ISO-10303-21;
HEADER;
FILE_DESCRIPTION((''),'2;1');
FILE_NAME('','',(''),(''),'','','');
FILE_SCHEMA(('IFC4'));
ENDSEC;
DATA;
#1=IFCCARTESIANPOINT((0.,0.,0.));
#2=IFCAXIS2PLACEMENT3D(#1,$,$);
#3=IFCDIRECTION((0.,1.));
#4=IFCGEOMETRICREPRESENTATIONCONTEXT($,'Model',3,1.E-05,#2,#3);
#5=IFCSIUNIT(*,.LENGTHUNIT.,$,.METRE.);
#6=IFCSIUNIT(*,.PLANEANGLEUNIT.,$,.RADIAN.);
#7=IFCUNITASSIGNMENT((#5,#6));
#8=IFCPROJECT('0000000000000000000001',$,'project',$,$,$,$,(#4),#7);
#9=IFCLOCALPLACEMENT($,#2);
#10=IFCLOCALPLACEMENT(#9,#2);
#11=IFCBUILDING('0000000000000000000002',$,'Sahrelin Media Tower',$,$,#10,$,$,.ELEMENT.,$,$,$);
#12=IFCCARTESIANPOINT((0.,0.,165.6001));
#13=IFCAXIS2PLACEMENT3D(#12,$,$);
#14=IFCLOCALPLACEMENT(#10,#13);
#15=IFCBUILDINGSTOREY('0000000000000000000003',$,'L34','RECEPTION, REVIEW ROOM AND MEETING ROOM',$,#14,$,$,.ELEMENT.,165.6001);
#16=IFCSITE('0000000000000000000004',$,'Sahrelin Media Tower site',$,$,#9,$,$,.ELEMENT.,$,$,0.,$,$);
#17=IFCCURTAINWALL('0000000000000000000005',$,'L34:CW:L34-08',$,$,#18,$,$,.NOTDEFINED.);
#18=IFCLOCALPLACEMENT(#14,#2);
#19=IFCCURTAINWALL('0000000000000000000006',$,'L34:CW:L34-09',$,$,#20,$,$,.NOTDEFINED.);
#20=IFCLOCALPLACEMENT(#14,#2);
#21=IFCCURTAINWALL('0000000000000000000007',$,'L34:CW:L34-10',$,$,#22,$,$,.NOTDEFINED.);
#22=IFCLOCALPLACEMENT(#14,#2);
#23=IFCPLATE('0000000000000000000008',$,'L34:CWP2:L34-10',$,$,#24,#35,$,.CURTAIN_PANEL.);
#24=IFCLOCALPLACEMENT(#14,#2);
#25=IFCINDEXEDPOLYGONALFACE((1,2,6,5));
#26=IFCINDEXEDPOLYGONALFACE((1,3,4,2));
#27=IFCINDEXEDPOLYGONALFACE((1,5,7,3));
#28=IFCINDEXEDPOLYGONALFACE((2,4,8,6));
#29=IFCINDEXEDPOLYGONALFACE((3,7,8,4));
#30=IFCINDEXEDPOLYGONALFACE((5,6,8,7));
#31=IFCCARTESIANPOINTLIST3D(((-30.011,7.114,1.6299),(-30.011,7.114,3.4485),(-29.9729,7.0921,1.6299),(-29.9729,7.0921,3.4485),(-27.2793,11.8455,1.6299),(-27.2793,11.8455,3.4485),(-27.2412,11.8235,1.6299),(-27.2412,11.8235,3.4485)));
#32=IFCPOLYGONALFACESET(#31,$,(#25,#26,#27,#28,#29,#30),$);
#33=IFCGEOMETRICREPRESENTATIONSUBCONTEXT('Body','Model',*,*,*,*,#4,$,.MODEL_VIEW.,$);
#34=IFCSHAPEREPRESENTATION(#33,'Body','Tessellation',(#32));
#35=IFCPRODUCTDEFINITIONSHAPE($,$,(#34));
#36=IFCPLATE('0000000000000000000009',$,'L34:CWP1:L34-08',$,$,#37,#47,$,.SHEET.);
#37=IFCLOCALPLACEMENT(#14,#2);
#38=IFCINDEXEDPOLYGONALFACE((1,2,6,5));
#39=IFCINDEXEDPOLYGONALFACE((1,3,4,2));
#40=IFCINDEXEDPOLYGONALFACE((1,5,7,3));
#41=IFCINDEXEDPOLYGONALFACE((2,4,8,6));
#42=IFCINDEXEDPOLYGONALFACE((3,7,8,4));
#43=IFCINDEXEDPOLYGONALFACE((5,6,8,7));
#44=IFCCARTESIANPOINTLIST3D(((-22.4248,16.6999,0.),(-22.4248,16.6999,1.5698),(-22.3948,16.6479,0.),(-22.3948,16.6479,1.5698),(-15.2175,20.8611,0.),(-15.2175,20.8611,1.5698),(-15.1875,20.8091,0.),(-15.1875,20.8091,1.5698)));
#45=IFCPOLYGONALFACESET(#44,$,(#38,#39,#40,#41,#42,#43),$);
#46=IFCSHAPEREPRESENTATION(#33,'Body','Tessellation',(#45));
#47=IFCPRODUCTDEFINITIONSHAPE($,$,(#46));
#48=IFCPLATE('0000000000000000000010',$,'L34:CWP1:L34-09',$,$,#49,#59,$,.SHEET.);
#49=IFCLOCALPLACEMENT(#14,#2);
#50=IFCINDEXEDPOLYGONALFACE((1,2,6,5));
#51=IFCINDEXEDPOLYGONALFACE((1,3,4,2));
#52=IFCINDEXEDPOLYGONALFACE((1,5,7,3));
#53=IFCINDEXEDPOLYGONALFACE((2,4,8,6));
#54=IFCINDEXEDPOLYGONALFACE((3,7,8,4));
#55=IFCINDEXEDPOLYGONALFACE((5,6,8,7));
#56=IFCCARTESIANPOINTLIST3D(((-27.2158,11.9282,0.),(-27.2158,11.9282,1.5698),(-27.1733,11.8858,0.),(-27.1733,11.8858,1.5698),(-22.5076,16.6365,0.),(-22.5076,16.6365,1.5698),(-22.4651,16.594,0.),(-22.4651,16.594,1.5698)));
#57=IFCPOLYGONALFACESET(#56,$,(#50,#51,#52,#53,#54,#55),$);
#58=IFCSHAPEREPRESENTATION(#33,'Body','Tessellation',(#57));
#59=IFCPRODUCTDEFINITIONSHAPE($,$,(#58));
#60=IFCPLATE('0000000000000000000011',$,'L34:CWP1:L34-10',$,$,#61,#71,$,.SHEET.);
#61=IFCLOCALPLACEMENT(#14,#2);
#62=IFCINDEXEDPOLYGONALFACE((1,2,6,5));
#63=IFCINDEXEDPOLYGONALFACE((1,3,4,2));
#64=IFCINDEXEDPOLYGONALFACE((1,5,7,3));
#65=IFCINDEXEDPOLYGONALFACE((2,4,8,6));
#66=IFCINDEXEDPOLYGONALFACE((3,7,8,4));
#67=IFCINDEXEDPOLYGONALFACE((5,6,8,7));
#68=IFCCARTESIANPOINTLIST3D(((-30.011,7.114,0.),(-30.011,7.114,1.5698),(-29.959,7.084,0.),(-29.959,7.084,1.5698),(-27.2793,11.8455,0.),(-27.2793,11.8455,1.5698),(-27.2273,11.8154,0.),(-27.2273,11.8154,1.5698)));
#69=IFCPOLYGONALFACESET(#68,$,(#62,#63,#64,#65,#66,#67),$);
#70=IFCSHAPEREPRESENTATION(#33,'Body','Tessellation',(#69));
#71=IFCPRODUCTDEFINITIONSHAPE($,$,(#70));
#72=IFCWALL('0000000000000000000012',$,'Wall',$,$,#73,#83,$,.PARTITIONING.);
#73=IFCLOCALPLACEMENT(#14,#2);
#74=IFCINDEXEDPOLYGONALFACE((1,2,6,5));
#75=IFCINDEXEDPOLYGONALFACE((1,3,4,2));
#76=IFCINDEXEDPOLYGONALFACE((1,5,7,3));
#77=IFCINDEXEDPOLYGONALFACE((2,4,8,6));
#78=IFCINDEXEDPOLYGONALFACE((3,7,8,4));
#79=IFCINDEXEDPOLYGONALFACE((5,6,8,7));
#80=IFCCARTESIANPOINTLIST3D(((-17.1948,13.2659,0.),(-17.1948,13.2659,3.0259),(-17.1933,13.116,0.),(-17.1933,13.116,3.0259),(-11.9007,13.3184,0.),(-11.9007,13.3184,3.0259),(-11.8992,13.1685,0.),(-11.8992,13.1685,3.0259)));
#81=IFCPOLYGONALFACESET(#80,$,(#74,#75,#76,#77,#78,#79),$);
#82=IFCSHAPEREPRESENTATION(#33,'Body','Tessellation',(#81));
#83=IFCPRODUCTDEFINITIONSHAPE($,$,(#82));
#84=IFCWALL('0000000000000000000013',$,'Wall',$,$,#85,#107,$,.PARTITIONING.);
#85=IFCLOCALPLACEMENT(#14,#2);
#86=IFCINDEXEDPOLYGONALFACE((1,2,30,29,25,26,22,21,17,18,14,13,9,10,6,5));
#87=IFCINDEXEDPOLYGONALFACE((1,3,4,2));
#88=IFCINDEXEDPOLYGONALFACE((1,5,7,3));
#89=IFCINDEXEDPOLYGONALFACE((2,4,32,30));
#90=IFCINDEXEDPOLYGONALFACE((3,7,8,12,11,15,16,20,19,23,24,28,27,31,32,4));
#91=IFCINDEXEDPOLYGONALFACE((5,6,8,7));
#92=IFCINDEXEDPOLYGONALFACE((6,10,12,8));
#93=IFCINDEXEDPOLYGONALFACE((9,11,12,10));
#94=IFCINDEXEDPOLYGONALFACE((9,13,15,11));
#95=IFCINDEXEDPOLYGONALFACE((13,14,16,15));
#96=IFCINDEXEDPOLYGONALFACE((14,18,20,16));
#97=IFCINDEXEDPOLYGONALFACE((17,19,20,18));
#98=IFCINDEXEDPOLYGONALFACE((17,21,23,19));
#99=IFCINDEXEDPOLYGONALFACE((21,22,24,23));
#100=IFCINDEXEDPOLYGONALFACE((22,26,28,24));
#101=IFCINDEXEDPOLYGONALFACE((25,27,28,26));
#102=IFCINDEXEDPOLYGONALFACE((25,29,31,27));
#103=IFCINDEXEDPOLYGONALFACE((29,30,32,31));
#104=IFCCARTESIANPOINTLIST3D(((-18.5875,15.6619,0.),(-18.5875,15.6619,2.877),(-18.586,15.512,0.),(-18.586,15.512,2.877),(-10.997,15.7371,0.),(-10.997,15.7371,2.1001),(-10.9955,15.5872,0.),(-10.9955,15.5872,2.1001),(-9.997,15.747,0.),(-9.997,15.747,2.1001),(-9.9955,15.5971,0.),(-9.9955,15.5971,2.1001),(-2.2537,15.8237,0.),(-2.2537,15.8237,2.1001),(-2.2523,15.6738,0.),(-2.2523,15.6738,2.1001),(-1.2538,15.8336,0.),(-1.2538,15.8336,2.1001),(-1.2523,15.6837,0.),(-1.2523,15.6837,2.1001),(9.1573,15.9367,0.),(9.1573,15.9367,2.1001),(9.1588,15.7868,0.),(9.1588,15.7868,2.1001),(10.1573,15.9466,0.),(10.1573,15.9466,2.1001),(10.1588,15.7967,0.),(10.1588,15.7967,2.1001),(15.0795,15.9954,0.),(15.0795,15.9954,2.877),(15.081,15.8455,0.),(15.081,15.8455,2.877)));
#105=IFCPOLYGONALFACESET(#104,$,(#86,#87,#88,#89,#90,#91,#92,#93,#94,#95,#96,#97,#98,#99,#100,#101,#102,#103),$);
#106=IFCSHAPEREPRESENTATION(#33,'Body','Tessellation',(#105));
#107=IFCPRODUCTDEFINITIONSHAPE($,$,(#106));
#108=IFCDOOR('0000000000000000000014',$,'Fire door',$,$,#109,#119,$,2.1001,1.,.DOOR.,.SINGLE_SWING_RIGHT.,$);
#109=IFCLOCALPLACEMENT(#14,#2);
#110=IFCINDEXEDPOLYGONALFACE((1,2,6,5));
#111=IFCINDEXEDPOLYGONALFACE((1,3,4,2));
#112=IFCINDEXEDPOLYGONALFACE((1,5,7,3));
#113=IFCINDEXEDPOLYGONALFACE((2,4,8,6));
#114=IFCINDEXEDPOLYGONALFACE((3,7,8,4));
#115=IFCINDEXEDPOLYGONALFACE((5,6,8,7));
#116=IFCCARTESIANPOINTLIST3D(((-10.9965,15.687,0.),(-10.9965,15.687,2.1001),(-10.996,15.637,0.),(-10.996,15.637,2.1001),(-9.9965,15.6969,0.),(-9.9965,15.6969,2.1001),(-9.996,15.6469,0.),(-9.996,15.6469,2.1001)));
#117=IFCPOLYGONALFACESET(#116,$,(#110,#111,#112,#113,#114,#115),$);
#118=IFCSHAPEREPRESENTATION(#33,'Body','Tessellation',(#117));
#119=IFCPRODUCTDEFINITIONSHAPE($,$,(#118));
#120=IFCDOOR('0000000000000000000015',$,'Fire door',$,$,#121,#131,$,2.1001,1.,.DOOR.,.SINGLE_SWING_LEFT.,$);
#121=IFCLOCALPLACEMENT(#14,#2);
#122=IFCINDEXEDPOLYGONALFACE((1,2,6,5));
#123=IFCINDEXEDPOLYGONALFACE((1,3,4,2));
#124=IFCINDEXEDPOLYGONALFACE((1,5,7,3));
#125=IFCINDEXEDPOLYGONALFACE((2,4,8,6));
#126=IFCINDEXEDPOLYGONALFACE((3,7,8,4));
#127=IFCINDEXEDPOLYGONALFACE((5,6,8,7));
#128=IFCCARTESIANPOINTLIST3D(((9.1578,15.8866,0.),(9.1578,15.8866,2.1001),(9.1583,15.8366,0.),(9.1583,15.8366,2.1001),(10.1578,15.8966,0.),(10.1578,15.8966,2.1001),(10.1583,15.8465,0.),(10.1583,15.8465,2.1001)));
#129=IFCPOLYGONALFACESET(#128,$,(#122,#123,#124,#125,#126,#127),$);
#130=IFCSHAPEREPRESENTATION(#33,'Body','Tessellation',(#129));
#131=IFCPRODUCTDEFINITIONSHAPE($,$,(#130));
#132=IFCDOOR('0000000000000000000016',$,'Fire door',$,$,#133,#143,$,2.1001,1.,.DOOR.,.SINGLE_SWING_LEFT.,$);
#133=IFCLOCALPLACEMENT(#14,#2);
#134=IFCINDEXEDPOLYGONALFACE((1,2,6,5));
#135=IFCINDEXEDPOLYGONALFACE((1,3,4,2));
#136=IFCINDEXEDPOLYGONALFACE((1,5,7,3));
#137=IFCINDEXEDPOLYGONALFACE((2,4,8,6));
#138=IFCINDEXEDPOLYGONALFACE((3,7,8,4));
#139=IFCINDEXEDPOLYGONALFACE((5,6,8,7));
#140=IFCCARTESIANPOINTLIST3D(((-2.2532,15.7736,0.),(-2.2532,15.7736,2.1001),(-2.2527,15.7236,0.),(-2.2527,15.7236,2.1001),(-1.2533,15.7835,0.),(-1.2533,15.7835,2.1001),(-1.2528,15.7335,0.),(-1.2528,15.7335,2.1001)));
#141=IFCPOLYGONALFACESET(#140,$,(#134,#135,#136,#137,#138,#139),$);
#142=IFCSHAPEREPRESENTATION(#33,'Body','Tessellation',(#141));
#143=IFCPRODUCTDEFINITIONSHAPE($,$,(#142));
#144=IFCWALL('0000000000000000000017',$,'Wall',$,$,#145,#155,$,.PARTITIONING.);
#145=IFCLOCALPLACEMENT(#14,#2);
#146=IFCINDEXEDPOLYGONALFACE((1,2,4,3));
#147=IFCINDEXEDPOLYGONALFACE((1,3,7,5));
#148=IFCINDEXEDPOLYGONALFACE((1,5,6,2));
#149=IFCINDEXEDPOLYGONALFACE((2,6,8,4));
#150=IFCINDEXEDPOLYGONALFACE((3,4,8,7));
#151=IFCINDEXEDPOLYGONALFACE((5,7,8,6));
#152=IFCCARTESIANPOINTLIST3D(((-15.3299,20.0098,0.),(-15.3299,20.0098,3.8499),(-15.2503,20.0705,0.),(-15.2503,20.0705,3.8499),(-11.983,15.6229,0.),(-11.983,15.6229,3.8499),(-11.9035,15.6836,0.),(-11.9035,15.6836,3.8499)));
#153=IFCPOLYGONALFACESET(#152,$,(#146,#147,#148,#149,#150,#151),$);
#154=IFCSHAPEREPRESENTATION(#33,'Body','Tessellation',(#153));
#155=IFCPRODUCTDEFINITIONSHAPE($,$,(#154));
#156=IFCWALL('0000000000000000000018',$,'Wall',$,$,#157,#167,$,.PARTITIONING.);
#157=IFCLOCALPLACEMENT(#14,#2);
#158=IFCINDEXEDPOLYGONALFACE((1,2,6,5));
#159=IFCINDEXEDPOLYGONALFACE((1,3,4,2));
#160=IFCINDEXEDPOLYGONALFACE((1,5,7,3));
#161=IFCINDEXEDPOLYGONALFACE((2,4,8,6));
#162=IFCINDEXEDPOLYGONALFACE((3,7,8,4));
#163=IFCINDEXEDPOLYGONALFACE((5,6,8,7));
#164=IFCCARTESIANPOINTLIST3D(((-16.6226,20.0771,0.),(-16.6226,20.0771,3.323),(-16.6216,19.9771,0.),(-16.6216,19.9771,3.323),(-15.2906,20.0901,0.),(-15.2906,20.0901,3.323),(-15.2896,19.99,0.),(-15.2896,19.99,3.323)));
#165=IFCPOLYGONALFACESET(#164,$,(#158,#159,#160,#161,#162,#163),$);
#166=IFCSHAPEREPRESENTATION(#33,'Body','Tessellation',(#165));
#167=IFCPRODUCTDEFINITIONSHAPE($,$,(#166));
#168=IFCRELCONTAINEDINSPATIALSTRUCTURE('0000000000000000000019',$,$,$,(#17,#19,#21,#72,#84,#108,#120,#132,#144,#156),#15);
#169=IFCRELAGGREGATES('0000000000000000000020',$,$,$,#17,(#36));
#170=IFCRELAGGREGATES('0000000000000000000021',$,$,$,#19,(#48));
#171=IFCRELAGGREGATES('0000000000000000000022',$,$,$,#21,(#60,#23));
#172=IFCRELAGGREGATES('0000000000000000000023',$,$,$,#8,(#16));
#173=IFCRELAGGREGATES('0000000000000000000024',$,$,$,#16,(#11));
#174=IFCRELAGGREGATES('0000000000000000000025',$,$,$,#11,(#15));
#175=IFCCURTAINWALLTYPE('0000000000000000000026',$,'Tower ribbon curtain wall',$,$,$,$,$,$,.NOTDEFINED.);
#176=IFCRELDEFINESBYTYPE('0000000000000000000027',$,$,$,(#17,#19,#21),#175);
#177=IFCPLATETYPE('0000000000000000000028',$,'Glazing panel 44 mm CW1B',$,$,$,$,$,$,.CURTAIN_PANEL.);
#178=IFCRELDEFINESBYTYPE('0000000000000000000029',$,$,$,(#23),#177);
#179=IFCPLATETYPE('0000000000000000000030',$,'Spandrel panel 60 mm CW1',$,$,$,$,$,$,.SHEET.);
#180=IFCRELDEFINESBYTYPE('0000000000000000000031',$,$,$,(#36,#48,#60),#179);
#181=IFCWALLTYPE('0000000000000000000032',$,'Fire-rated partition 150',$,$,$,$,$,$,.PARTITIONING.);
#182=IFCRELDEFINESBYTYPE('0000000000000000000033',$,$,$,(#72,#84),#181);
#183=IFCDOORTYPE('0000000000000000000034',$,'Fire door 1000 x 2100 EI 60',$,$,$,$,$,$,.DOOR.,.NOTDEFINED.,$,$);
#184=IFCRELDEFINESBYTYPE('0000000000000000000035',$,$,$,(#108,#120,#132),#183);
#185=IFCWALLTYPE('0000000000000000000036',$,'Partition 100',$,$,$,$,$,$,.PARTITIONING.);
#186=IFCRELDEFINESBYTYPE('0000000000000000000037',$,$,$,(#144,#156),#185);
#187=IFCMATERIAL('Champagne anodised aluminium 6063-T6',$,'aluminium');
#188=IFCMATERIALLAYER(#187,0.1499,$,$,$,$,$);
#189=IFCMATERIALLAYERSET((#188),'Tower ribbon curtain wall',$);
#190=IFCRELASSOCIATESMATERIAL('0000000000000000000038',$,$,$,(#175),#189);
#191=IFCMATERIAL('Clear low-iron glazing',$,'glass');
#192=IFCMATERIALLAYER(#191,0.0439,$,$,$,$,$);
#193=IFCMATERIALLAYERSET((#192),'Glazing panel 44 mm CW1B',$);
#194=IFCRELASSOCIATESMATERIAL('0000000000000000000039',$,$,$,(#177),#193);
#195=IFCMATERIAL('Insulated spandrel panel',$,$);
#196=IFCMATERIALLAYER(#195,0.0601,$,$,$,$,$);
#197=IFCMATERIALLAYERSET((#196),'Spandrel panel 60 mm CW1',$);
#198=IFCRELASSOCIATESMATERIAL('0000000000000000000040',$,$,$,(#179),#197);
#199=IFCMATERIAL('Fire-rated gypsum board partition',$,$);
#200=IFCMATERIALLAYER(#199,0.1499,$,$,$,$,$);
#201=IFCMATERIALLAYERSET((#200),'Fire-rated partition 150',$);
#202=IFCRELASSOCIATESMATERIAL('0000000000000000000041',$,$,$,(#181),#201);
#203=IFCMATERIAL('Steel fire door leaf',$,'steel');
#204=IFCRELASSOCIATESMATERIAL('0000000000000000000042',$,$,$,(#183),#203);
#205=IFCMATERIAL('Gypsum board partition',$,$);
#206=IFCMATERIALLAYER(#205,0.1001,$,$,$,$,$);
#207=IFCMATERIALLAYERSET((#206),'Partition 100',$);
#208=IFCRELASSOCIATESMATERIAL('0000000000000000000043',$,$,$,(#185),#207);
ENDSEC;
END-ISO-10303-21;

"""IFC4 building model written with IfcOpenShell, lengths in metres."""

from ifc_helpers import new_model, si_unit, direction, frame, frame_2d, origin, place, context, subcontext, project, spatial, polyline, rectangle, outline, extrude, material, layer, layer_set, type_object, element, fill, aggregate, save


model = new_model("IFC4")

# Units and contexts
model_context = context("Model", 3, precision=1e-05, world=origin(), true_north=direction((0.0, 1.0)))
body_context = subcontext(model_context, "Body", "Model", "MODEL_VIEW")
ifc_project = project(units=[si_unit("LENGTHUNIT", "METRE"), si_unit("PLANEANGLEUNIT", "RADIAN")], contexts=[model_context])

# Site, building, storey
site_placement = place(None, origin())
site = spatial("IfcSite", under=ifc_project, at=site_placement, Name="Sahrelin Media Tower site", CompositionType="ELEMENT", RefElevation=0.0)
building_placement = place(site_placement, origin())
building = spatial("IfcBuilding", under=site, at=building_placement, Name="Sahrelin Media Tower", CompositionType="ELEMENT")
storey_placement = place(building_placement, frame((0.0, 0.0, 165.6001)))
storey = spatial("IfcBuildingStorey", under=building, at=storey_placement, Name="L34", Description="RECEPTION, REVIEW ROOM AND MEETING ROOM", CompositionType="ELEMENT", Elevation=165.6001)

# Curtain walls
ifc_material_1 = material(Name="Champagne anodised aluminium 6063-T6", Category="aluminium")
ifc_layer_1 = layer(ifc_material_1, 0.1499)
ifc_layer_set_1 = layer_set([ifc_layer_1], Name="Tower ribbon curtain wall")
curtain_wall_type = type_object("IfcCurtainWallType", Name="Tower ribbon curtain wall", PredefinedType="NOTDEFINED", material=ifc_layer_set_1)
curtain_wall_1_placement = place(storey_placement, frame((-18.811, 18.7632, 0.0), z_axis=(0.0, 0.0, 1.0), x_axis=(1.0, 0.0, 0.0)))
curtain_wall_1 = element("IfcCurtainWall", 1, at=curtain_wall_1_placement, inside=storey, type_object=curtain_wall_type, Name="L34:CW:L34-08", PredefinedType="NOTDEFINED")
curtain_wall_2_placement = place(storey_placement, frame((-24.8477, 14.2683, 0.0), z_axis=(0.0, 0.0, 1.0), x_axis=(1.0, 0.0, 0.0)))
curtain_wall_2 = element("IfcCurtainWall", 2, at=curtain_wall_2_placement, inside=storey, type_object=curtain_wall_type, Name="L34:CW:L34-09", PredefinedType="NOTDEFINED")

# Shared definitions
ifc_material_2 = material(Name="Clear low-iron glazing", Category="glass")
ifc_layer_2 = layer(ifc_material_2, 0.0439)
ifc_layer_set_2 = layer_set([ifc_layer_2], Name="Glazing panel 44 mm CW1B")
plate_type_1 = type_object("IfcPlateType", Name="Glazing panel 44 mm CW1B", PredefinedType="CURTAIN_PANEL", material=ifc_layer_set_2)

# Curtain wall, plate
curtain_wall_3_placement = place(storey_placement, frame((-28.6277, 9.4697, 0.0), z_axis=(0.0, 0.0, 1.0), x_axis=(1.0, 0.0, 0.0)))
curtain_wall_3 = element("IfcCurtainWall", 3, at=curtain_wall_3_placement, inside=storey, type_object=curtain_wall_type, Name="L34:CW:L34-10", PredefinedType="NOTDEFINED")
plate_1_placement = place(storey_placement, frame((-27.2793, 11.8455, 1.6299), z_axis=(-0.866026, 0.499998, 0.0), x_axis=(-0.499998, -0.866026, 0.0)))
plate_1 = element("IfcPlate", 4, at=plate_1_placement, type_object=plate_type_1, Name="L34:CWP2:L34-10", PredefinedType="CURTAIN_PANEL", context=body_context, shape_type="SweptSolid", body=[
    extrude(outline(polyline([(0.0, 0.0), (5.4634, 0.0), (5.4634, 1.8186), (0.0, 1.8186), (0.0, 0.0)])), origin(), (0.0, 0.0, -1.0), 0.0439),
])

# Plates
ifc_material_3 = material(Name="Insulated spandrel panel")
ifc_layer_3 = layer(ifc_material_3, 0.0601)
ifc_layer_set_3 = layer_set([ifc_layer_3], Name="Spandrel panel 60 mm CW1")
plate_type_2 = type_object("IfcPlateType", Name="Spandrel panel 60 mm CW1", PredefinedType="SHEET", material=ifc_layer_set_3)
plate_2_placement = place(storey_placement, frame((-15.2175, 20.8611, 0.0), z_axis=(-0.500001, 0.866025, 0.0), x_axis=(-0.866025, -0.500001, 0.0)))
plate_2 = element("IfcPlate", 5, at=plate_2_placement, type_object=plate_type_2, Name="L34:CWP1:L34-08", PredefinedType="SHEET", context=body_context, shape_type="SweptSolid", body=[
    extrude(outline(polyline([(0.0, 0.0), (8.3223, 0.0), (8.3223, 1.5698), (0.0, 1.5698), (0.0, 0.0)])), origin(), (0.0, 0.0, -1.0), 0.0601),
])
aggregate(curtain_wall_1, [plate_2])
plate_3_placement = place(storey_placement, frame((-22.5076, 16.6365, 0.0), z_axis=(-0.707107, 0.707107, 0.0), x_axis=(-0.707107, -0.707107, 0.0)))
plate_3 = element("IfcPlate", 6, at=plate_3_placement, type_object=plate_type_2, Name="L34:CWP1:L34-09", PredefinedType="SHEET", context=body_context, shape_type="SweptSolid", body=[
    extrude(outline(polyline([(0.0, 0.0), (6.6584, 0.0), (6.6584, 1.5698), (0.0, 1.5698), (0.0, 0.0)])), origin(), (0.0, 0.0, -1.0), 0.0601),
])
aggregate(curtain_wall_2, [plate_3])
plate_4_placement = place(storey_placement, frame((-27.2793, 11.8455, 0.0), z_axis=(-0.866026, 0.499998, 0.0), x_axis=(-0.499998, -0.866026, 0.0)))
plate_4 = element("IfcPlate", 7, at=plate_4_placement, type_object=plate_type_2, Name="L34:CWP1:L34-10", PredefinedType="SHEET", context=body_context, shape_type="SweptSolid", body=[
    extrude(outline(polyline([(0.0, 0.0), (5.4634, 0.0), (5.4634, 1.5698), (0.0, 1.5698), (0.0, 0.0)])), origin(), (0.0, 0.0, -1.0), 0.0601),
])
aggregate(curtain_wall_3, [plate_4, plate_1])

# Wall
ifc_material_4 = material(Name="Fire-rated gypsum board partition")
ifc_layer_4 = layer(ifc_material_4, 0.1499)
ifc_layer_set_4 = layer_set([ifc_layer_4], Name="Fire-rated partition 150")
wall_type_1 = type_object("IfcWallType", Name="Fire-rated partition 150", PredefinedType="PARTITIONING", material=ifc_layer_set_4)
wall_1_placement = place(storey_placement, frame((-17.1941, 13.1909, 0.0), z_axis=(0.0, 0.0, 1.0), x_axis=(0.999951, 0.009914, 0.0)))
element("IfcWall", 8, at=wall_1_placement, inside=storey, type_object=wall_type_1, Name="Wall", PredefinedType="PARTITIONING", context=body_context, shape_type="SweptSolid", body=[
    extrude(rectangle(XDim=5.2944, YDim=0.1499, at=frame_2d((2.6472, 0.0))), origin(), (0.0, 0.0, 1.0), 3.0259),
])

# Wall, openings, doors
wall_2_placement = place(storey_placement, frame((-18.5869, 15.5869, 0.0), z_axis=(0.0, 0.0, 1.0), x_axis=(0.999951, 0.009905, 0.0)))
wall_2 = element("IfcWall", 9, at=wall_2_placement, inside=storey, type_object=wall_type_1, Name="Wall", PredefinedType="PARTITIONING", context=body_context, shape_type="SweptSolid", body=[
    extrude(rectangle(XDim=33.6687, YDim=0.1499, at=frame_2d((16.8345, 0.0))), origin(), (0.0, 0.0, 1.0), 2.877),
])
opening_1_placement = place(wall_2_placement, frame((7.5911, 0.0, 0.0)))
opening_1 = element("IfcOpeningElement", 10, at=opening_1_placement, cuts=wall_2, PredefinedType="OPENING", context=body_context, shape_type="SweptSolid", body=[
    extrude(rectangle(XDim=1.0, YDim=2.1001, at=frame_2d((0.5, 1.05))), frame((0.0, 0.075, 0.0), z_axis=(0.0, -1.0, 0.0), x_axis=(1.0, 0.0, 0.0)), (0.0, 0.0, 1.0), 0.1499),
])
opening_2_placement = place(wall_2_placement, frame((27.7463, 0.0, 0.0)))
opening_2 = element("IfcOpeningElement", 11, at=opening_2_placement, cuts=wall_2, PredefinedType="OPENING", context=body_context, shape_type="SweptSolid", body=[
    extrude(rectangle(XDim=1.0, YDim=2.1001, at=frame_2d((0.5, 1.05))), frame((0.0, 0.075, 0.0), z_axis=(0.0, -1.0, 0.0), x_axis=(1.0, 0.0, 0.0)), (0.0, 0.0, 1.0), 0.1499),
])
opening_3_placement = place(wall_2_placement, frame((16.3347, 0.0, 0.0)))
opening_3 = element("IfcOpeningElement", 12, at=opening_3_placement, cuts=wall_2, PredefinedType="OPENING", context=body_context, shape_type="SweptSolid", body=[
    extrude(rectangle(XDim=1.0, YDim=2.1001, at=frame_2d((0.5, 1.05))), frame((0.0, 0.075, 0.0), z_axis=(0.0, -1.0, 0.0), x_axis=(1.0, 0.0, 0.0)), (0.0, 0.0, 1.0), 0.1499),
])
ifc_material_5 = material(Name="Steel fire door leaf", Category="steel")
door_type = type_object("IfcDoorType", Name="Fire door 1000 x 2100 EI 60", OperationType="NOTDEFINED", PredefinedType="DOOR", material=ifc_material_5)
door_1_placement = place(opening_1_placement, origin())
door_1 = element("IfcDoor", 13, at=door_1_placement, inside=storey, type_object=door_type, Name="Fire door", OperationType="SINGLE_SWING_RIGHT", OverallHeight=2.1001, OverallWidth=1.0, PredefinedType="DOOR", context=body_context, shape_type="SweptSolid", body=[
    extrude(rectangle(XDim=1.0, YDim=2.1001, at=frame_2d((0.5, 1.05))), frame((0.0, 0.0249, 0.0), z_axis=(0.0, -1.0, 0.0), x_axis=(1.0, 0.0, 0.0)), (0.0, 0.0, 1.0), 0.05),
])
fill(opening_1, door_1)
door_2_placement = place(opening_2_placement, origin())
door_2 = element("IfcDoor", 14, at=door_2_placement, inside=storey, type_object=door_type, Name="Fire door", OperationType="SINGLE_SWING_LEFT", OverallHeight=2.1001, OverallWidth=1.0, PredefinedType="DOOR", context=body_context, shape_type="SweptSolid", body=[
    extrude(rectangle(XDim=1.0, YDim=2.1001, at=frame_2d((0.5, 1.05))), frame((0.0, 0.0249, 0.0), z_axis=(0.0, -1.0, 0.0), x_axis=(1.0, 0.0, 0.0)), (0.0, 0.0, 1.0), 0.05),
])
fill(opening_2, door_2)
door_3_placement = place(opening_3_placement, origin())
door_3 = element("IfcDoor", 15, at=door_3_placement, inside=storey, type_object=door_type, Name="Fire door", OperationType="SINGLE_SWING_LEFT", OverallHeight=2.1001, OverallWidth=1.0, PredefinedType="DOOR", context=body_context, shape_type="SweptSolid", body=[
    extrude(rectangle(XDim=1.0, YDim=2.1001, at=frame_2d((0.5, 1.05))), frame((0.0, 0.0249, 0.0), z_axis=(0.0, -1.0, 0.0), x_axis=(1.0, 0.0, 0.0)), (0.0, 0.0, 1.0), 0.05),
])
fill(opening_3, door_3)

# Walls
ifc_material_6 = material(Name="Gypsum board partition")
ifc_layer_5 = layer(ifc_material_6, 0.1001)
ifc_layer_set_5 = layer_set([ifc_layer_5], Name="Partition 100")
wall_type_2 = type_object("IfcWallType", Name="Partition 100", PredefinedType="PARTITIONING", material=ifc_layer_set_5)
wall_3_placement = place(storey_placement, frame((-15.29, 20.04, 0.0), z_axis=(0.0, 0.0, 1.0), x_axis=(0.606556, -0.795041, 0.0)))
element("IfcWall", 16, at=wall_3_placement, inside=storey, type_object=wall_type_2, Name="Wall", PredefinedType="PARTITIONING", context=body_context, shape_type="SweptSolid", body=[
    extrude(rectangle(XDim=5.5178, YDim=0.1001, at=frame_2d((2.7588, 0.0))), origin(), (0.0, 0.0, 1.0), 3.8499),
])
wall_4_placement = place(storey_placement, frame((-16.6221, 20.0271, 0.0), z_axis=(0.0, 0.0, 1.0), x_axis=(0.999953, 0.009714, 0.0)))
element("IfcWall", 17, at=wall_4_placement, inside=storey, type_object=wall_type_2, Name="Wall", PredefinedType="PARTITIONING", context=body_context, shape_type="SweptSolid", body=[
    extrude(rectangle(XDim=1.332, YDim=0.1001, at=frame_2d((0.666, 0.0))), origin(), (0.0, 0.0, 1.0), 3.323),
])

save(model, "model.ifc")
